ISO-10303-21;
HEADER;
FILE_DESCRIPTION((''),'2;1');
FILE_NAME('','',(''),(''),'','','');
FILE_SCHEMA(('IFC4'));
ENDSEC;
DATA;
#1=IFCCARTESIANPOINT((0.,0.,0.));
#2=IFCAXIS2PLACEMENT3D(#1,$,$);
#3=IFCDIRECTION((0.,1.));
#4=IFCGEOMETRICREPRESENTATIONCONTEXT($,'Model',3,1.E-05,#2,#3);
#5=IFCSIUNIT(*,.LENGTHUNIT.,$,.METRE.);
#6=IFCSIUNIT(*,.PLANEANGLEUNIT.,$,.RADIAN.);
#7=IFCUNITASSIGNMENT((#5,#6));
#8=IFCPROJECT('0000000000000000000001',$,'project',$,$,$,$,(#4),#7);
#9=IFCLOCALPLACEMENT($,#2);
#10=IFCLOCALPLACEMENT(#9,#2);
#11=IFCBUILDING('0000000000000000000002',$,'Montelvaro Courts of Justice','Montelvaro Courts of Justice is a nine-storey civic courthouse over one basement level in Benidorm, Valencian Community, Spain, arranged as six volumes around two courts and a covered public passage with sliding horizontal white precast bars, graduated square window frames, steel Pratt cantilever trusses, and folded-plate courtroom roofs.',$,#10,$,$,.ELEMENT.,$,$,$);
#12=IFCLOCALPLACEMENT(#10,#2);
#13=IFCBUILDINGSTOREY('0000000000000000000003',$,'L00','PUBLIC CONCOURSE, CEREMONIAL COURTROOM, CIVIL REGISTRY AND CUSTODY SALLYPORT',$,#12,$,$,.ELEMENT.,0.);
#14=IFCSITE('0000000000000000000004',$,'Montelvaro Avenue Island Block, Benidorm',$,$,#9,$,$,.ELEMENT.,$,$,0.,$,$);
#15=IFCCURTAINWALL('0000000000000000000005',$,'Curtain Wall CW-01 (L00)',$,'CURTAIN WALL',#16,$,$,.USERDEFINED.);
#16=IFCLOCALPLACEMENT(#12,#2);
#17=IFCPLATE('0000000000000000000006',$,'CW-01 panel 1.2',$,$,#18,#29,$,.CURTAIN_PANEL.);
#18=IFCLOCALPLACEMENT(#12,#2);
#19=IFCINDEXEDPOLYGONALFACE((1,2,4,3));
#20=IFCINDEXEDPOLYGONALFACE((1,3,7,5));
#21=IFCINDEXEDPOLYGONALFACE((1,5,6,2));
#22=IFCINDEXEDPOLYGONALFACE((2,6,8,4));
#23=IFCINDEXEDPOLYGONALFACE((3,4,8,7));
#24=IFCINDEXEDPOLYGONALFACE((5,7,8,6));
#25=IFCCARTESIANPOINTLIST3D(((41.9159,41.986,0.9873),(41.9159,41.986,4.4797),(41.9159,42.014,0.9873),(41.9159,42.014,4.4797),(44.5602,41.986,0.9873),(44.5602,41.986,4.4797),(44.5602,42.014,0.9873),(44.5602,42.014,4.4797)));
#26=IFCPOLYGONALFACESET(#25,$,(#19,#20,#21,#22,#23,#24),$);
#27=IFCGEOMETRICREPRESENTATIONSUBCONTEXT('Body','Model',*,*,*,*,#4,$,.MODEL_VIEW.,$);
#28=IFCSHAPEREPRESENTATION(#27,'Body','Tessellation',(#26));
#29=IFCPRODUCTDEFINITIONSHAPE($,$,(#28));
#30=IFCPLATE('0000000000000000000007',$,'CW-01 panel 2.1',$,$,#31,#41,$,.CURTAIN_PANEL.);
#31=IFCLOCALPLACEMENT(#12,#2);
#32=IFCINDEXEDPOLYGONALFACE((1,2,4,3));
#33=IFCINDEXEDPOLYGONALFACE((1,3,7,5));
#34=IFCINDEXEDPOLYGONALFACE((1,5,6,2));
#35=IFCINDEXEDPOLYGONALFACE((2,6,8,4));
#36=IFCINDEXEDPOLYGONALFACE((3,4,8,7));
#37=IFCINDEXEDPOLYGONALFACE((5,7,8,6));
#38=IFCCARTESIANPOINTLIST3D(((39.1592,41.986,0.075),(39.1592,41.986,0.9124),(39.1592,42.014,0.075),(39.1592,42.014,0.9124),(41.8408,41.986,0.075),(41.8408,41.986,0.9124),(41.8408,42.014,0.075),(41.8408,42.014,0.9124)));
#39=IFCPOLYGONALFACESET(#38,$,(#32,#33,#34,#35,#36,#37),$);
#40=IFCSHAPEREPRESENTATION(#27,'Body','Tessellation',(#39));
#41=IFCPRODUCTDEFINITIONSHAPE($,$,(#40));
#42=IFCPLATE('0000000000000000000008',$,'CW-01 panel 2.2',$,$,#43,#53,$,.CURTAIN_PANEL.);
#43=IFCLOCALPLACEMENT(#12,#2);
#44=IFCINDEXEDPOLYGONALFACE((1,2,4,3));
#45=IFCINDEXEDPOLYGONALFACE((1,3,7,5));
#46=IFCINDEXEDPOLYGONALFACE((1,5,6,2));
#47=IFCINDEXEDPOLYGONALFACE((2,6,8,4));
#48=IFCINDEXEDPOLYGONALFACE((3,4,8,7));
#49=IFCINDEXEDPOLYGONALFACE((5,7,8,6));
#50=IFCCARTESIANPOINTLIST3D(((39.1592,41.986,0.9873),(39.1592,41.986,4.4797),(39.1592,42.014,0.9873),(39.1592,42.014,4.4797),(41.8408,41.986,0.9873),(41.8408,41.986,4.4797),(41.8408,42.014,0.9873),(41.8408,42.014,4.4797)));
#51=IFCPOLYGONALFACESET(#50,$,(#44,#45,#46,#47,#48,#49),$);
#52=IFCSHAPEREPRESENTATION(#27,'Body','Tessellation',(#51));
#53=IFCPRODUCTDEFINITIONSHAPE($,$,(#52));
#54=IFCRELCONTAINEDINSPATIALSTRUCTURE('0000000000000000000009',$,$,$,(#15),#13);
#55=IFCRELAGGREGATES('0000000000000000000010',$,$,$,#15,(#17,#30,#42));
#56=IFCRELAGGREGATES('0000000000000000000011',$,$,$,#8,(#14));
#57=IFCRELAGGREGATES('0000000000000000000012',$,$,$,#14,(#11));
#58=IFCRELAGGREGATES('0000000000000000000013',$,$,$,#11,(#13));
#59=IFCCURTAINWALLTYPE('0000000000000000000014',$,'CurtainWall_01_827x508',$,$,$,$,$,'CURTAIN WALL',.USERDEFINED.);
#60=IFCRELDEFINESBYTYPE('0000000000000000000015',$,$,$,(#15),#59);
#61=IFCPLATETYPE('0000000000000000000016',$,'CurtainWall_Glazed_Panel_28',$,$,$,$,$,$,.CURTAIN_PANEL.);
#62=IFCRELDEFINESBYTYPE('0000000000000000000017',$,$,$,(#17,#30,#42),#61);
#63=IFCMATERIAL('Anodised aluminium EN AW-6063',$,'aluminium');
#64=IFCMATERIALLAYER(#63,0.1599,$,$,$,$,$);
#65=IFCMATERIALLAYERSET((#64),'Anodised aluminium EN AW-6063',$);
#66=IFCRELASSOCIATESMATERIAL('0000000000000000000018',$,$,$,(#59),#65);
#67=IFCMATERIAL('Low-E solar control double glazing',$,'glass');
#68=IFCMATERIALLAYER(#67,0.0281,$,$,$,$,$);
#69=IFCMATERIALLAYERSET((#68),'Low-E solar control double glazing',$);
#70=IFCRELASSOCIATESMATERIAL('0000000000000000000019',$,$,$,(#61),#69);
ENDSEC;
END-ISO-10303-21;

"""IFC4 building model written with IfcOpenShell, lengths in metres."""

from ifc_helpers import new_model, si_unit, direction, frame, origin, origin_2d, place, context, subcontext, project, spatial, rectangle, extrude, material, layer, layer_set, type_object, element, aggregate, save


model = new_model("IFC4")

# Units and contexts
model_context = context("Model", 3, precision=1e-05, world=origin(), true_north=direction((0.0, 1.0)))
body_context = subcontext(model_context, "Body", "Model", "MODEL_VIEW")
ifc_project = project(units=[si_unit("LENGTHUNIT", "METRE"), si_unit("PLANEANGLEUNIT", "RADIAN")], contexts=[model_context])

# Site, building, storey
site_placement = place(None, origin())
site = spatial("IfcSite", under=ifc_project, at=site_placement, Name="Montelvaro Avenue Island Block, Benidorm", CompositionType="ELEMENT", RefElevation=0.0)
building_placement = place(site_placement, origin())
building = spatial("IfcBuilding", under=site, at=building_placement, Name="Montelvaro Courts of Justice", Description="Montelvaro Courts of Justice is a nine-storey civic courthouse over one basement level in Benidorm, Valencian Community, Spain, arranged as six volumes around two courts and a covered public passage with sliding horizontal white precast bars, graduated square window frames, steel Pratt cantilever trusses, and folded-plate courtroom roofs.", CompositionType="ELEMENT")
storey_placement = place(building_placement, origin())
storey = spatial("IfcBuildingStorey", under=building, at=storey_placement, Name="L00", Description="PUBLIC CONCOURSE, CEREMONIAL COURTROOM, CIVIL REGISTRY AND CUSTODY SALLYPORT", CompositionType="ELEMENT", Elevation=0.0)

# Curtain wall
ifc_material_1 = material(Name="Anodised aluminium EN AW-6063", Category="aluminium")
ifc_layer_1 = layer(ifc_material_1, 0.1599)
ifc_layer_set_1 = layer_set([ifc_layer_1], Name="Anodised aluminium EN AW-6063")
curtain_wall_type = type_object("IfcCurtainWallType", Name="CurtainWall_01_827x508", ElementType="CURTAIN WALL", PredefinedType="USERDEFINED", material=ifc_layer_set_1)
curtain_wall_1_placement = place(storey_placement, origin())
curtain_wall_1 = element("IfcCurtainWall", 1, at=curtain_wall_1_placement, inside=storey, type_object=curtain_wall_type, Name="Curtain Wall CW-01 (L00)", ObjectType="CURTAIN WALL", PredefinedType="USERDEFINED")

# Plates
ifc_material_2 = material(Name="Low-E solar control double glazing", Category="glass")
ifc_layer_2 = layer(ifc_material_2, 0.0281)
ifc_layer_set_2 = layer_set([ifc_layer_2], Name="Low-E solar control double glazing")
plate_type = type_object("IfcPlateType", Name="CurtainWall_Glazed_Panel_28", PredefinedType="CURTAIN_PANEL", material=ifc_layer_set_2)
plate_1_placement = place(storey_placement, frame((43.238, 42.0, 0.9873), z_axis=(0.0, 0.0, 1.0), x_axis=(-1.0, 0.0, 0.0)))
plate_1 = element("IfcPlate", 2, at=plate_1_placement, type_object=plate_type, Name="CW-01 panel 1.2", PredefinedType="CURTAIN_PANEL", context=body_context, shape_type="SweptSolid", body=[
    extrude(rectangle(XDim=2.6443, YDim=0.0281, at=origin_2d()), origin(), (0.0, 0.0, 1.0), 3.4924),
])
plate_2_placement = place(storey_placement, frame((40.5, 42.0, 0.075), z_axis=(0.0, 0.0, 1.0), x_axis=(-1.0, 0.0, 0.0)))
plate_2 = element("IfcPlate", 3, at=plate_2_placement, type_object=plate_type, Name="CW-01 panel 2.1", PredefinedType="CURTAIN_PANEL", context=body_context, shape_type="SweptSolid", body=[
    extrude(rectangle(XDim=2.6816, YDim=0.0281, at=origin_2d()), origin(), (0.0, 0.0, 1.0), 0.8374),
])
plate_3_placement = place(storey_placement, frame((40.5, 42.0, 0.9873), z_axis=(0.0, 0.0, 1.0), x_axis=(-1.0, 0.0, 0.0)))
plate_3 = element("IfcPlate", 4, at=plate_3_placement, type_object=plate_type, Name="CW-01 panel 2.2", PredefinedType="CURTAIN_PANEL", context=body_context, shape_type="SweptSolid", body=[
    extrude(rectangle(XDim=2.6816, YDim=0.0281, at=origin_2d()), origin(), (0.0, 0.0, 1.0), 3.4924),
])
aggregate(curtain_wall_1, [plate_1, plate_2, plate_3])

save(model, "model.ifc")
